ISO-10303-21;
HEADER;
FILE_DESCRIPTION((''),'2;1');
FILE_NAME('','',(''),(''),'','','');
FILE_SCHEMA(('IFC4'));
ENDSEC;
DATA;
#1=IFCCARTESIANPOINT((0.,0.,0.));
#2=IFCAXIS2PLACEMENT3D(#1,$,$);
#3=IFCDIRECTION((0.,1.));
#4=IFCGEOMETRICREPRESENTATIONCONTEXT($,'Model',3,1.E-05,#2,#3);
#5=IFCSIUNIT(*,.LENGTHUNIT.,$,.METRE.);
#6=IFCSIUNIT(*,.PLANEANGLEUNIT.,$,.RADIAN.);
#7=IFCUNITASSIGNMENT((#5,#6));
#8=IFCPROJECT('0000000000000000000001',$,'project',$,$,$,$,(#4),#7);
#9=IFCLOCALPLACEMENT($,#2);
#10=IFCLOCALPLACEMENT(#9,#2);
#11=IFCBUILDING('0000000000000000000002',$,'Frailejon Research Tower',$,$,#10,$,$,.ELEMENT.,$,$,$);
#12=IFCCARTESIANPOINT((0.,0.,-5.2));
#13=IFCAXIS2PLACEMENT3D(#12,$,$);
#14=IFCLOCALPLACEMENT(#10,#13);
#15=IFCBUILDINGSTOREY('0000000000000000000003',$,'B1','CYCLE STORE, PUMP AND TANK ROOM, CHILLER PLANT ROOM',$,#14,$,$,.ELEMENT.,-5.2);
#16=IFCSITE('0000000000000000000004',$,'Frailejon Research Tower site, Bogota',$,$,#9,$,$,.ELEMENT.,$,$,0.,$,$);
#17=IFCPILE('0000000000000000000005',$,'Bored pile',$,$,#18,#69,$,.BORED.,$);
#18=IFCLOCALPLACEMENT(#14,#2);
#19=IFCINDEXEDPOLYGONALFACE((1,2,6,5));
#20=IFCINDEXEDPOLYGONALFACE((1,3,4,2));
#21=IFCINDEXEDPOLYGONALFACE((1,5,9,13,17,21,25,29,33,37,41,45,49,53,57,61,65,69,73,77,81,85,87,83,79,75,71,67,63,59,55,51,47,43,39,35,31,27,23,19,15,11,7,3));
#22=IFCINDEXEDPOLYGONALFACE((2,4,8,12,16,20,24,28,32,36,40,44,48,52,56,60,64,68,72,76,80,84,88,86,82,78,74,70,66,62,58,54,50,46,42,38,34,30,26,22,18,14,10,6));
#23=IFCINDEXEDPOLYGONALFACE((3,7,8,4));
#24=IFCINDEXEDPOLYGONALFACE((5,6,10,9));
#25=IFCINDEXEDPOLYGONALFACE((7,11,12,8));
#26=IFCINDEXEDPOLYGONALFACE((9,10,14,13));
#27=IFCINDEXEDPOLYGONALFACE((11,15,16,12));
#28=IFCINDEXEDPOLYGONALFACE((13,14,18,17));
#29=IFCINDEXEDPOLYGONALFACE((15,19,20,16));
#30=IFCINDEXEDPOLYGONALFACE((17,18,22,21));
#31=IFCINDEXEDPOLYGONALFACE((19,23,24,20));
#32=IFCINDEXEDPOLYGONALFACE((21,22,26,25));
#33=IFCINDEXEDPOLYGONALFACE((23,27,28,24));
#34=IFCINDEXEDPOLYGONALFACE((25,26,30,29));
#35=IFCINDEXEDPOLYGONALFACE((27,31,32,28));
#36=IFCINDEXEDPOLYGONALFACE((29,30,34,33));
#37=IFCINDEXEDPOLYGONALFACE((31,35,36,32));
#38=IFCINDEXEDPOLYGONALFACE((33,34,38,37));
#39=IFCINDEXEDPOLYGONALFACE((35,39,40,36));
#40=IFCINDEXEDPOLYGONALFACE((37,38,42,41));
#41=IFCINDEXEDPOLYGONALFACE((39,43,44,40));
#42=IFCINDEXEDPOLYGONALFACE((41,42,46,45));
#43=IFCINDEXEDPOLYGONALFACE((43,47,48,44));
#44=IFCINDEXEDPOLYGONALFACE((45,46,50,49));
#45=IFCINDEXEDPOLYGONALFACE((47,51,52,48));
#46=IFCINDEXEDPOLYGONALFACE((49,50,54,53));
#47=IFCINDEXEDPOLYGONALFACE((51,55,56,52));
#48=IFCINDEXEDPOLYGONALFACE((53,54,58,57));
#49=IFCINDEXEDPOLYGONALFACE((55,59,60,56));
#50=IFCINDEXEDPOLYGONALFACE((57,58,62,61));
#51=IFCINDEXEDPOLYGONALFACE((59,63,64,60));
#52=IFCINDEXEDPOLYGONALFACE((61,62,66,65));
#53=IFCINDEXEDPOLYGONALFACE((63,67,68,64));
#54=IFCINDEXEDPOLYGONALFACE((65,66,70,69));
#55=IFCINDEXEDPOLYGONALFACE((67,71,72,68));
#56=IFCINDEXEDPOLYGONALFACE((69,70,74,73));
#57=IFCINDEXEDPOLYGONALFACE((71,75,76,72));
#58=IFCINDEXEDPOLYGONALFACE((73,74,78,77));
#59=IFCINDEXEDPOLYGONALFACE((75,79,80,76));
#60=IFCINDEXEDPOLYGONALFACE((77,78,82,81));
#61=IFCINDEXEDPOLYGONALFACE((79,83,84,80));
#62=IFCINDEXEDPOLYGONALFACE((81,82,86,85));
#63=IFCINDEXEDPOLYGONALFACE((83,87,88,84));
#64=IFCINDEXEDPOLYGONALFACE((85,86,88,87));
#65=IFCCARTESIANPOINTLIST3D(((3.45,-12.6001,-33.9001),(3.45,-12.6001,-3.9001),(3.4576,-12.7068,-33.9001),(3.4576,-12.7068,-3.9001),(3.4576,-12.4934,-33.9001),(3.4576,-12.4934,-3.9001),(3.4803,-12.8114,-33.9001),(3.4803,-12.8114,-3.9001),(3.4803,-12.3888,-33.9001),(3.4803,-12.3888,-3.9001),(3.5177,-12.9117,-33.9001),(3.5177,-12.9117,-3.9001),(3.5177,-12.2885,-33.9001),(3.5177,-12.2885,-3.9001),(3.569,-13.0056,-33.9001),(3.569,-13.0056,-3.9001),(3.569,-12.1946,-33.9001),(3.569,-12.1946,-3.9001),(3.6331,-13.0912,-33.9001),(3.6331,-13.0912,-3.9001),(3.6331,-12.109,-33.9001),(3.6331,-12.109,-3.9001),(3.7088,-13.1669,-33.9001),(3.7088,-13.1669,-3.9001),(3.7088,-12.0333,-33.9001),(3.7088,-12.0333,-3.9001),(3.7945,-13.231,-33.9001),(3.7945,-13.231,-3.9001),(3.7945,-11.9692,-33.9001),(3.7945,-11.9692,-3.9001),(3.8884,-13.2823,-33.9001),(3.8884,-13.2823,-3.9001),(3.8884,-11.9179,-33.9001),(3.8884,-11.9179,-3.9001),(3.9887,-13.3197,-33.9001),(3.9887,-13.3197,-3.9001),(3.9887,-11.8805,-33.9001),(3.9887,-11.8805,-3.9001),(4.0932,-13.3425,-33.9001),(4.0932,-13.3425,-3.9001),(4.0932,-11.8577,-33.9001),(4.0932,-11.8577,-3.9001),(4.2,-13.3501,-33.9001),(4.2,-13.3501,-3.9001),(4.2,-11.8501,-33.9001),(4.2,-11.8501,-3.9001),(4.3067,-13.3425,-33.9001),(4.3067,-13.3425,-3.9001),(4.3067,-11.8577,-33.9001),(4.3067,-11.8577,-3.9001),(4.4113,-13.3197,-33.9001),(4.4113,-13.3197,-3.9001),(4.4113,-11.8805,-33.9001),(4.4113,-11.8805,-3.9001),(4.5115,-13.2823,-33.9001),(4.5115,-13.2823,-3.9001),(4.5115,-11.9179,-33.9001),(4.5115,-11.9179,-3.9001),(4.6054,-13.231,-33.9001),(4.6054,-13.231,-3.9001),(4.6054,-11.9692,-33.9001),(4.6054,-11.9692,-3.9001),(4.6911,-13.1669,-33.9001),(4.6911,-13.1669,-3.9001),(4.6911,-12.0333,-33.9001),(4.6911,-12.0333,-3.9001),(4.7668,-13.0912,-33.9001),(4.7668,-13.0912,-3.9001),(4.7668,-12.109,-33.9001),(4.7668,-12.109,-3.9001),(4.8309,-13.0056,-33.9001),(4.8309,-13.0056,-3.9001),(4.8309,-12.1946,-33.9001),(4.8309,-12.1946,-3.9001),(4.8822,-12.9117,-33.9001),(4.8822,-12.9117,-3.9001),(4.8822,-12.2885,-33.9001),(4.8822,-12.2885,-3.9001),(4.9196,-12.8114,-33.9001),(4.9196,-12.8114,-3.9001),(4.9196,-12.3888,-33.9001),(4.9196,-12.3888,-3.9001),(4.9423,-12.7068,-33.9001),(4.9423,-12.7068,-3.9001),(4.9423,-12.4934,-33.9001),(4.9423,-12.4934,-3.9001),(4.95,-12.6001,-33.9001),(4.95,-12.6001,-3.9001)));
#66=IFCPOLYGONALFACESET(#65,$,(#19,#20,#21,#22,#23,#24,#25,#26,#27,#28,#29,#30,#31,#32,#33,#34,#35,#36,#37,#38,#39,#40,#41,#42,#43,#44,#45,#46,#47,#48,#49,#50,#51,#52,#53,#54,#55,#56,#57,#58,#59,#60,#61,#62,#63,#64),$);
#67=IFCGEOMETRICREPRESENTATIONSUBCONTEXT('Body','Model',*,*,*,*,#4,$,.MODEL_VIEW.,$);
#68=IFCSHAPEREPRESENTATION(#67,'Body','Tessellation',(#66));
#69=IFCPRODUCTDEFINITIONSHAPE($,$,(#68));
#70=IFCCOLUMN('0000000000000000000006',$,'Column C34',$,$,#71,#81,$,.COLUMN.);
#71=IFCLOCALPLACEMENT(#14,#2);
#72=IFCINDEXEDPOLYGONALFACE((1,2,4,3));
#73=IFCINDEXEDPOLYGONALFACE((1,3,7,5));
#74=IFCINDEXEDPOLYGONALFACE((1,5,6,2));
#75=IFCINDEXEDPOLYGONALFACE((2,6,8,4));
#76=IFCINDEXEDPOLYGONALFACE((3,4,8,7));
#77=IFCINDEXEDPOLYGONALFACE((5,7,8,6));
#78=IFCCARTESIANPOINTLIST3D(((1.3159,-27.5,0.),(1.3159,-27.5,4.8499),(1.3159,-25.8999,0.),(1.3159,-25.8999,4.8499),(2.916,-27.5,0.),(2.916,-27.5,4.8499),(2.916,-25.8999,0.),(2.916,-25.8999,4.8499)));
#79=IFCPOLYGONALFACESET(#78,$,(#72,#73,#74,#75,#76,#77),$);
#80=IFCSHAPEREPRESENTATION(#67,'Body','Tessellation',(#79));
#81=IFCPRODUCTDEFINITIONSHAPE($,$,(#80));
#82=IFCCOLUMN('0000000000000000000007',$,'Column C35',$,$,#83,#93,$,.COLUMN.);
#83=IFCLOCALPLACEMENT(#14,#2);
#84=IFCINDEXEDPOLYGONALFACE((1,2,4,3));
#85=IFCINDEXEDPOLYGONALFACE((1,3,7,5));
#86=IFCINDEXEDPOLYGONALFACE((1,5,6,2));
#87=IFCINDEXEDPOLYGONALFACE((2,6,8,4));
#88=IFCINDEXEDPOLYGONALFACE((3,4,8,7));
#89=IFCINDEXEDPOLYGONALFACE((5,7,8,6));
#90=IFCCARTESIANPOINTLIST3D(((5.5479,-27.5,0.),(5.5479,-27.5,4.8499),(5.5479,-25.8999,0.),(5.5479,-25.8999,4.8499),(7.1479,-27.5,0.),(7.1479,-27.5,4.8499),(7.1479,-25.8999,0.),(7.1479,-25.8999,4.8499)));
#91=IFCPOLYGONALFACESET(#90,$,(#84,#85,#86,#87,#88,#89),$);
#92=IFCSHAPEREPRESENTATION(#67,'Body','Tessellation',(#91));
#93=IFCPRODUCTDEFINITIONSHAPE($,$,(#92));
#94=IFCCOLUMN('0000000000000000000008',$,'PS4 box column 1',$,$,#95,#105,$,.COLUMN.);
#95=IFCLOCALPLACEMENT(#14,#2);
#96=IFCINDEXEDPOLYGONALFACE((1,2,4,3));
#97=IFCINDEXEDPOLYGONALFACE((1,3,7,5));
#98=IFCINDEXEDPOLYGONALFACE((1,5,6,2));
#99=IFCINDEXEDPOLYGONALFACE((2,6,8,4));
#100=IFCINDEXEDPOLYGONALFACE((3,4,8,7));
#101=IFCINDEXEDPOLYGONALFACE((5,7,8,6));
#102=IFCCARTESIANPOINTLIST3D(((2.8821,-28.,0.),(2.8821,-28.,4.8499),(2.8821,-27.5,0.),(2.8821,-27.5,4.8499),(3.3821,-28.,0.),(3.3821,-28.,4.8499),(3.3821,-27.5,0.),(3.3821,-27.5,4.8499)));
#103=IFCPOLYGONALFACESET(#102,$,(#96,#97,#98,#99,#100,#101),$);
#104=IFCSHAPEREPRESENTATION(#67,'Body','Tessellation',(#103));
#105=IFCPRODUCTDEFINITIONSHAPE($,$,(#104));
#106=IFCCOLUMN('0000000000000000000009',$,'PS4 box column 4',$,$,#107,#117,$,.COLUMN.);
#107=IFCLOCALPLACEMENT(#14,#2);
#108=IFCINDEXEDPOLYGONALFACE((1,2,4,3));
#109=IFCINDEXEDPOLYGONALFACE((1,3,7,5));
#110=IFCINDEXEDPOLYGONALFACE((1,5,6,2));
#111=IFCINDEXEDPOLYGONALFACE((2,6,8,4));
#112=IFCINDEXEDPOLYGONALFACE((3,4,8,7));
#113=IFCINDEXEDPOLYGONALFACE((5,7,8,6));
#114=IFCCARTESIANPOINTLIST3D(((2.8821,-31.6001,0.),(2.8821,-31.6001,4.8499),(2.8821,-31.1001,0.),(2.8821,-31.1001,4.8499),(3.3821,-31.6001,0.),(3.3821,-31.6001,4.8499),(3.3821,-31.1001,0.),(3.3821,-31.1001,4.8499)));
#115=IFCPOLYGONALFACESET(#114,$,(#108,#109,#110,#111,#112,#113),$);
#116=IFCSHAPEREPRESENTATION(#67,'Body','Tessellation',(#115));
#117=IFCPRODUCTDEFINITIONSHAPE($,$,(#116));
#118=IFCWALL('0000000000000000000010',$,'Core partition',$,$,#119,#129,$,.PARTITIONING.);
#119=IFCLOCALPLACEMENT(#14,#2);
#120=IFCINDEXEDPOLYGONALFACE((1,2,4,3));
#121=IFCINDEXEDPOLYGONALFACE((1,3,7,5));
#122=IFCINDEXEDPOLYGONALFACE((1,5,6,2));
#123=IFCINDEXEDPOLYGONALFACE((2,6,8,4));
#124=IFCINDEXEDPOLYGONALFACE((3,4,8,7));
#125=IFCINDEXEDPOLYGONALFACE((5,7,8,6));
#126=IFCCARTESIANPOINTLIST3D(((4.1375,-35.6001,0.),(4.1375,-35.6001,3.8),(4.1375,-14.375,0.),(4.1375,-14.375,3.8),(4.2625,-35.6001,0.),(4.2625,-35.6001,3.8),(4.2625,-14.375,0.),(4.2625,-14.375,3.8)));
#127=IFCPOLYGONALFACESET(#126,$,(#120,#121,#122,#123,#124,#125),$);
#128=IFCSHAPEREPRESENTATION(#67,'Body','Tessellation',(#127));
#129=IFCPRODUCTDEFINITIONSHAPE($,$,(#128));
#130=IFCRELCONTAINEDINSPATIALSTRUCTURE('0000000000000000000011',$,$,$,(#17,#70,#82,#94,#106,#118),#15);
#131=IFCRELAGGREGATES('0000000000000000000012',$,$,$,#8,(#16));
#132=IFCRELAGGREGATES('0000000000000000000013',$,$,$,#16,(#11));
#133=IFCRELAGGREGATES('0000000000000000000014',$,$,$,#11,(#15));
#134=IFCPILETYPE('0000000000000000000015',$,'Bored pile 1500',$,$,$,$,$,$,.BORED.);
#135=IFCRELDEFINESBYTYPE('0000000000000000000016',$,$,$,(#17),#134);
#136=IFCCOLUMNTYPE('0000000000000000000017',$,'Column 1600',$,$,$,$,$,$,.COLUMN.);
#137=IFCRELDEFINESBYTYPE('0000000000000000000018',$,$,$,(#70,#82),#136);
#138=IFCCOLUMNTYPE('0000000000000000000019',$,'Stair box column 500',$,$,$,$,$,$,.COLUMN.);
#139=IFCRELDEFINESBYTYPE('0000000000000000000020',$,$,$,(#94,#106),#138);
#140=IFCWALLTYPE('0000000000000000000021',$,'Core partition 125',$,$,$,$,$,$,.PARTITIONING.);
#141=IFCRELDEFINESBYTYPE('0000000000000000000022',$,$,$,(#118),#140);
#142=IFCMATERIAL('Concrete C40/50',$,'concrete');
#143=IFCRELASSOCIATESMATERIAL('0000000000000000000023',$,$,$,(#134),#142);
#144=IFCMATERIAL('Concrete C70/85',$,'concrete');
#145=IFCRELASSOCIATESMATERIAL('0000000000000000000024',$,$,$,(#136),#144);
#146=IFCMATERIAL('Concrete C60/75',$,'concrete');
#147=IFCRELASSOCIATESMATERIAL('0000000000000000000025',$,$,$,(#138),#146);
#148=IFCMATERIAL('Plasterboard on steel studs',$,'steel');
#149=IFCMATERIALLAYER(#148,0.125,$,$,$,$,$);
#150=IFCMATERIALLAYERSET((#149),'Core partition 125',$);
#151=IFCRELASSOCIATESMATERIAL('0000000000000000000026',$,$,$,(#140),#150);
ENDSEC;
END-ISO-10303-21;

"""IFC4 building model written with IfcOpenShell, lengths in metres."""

from ifc_helpers import new_model, si_unit, direction, frame, frame_2d, origin, origin_2d, place, context, subcontext, project, spatial, rectangle, circle, extrude, material, layer, layer_set, material_profile, profile_set, type_object, element, save


model = new_model("IFC4")

# Units and contexts
model_context = context("Model", 3, precision=1e-05, world=origin(), true_north=direction((0.0, 1.0)))
body_context = subcontext(model_context, "Body", "Model", "MODEL_VIEW")
ifc_project = project(units=[si_unit("LENGTHUNIT", "METRE"), si_unit("PLANEANGLEUNIT", "RADIAN")], contexts=[model_context])

# Site, building, storey
site_placement = place(None, origin())
site = spatial("IfcSite", under=ifc_project, at=site_placement, Name="Frailejon Research Tower site, Bogota", CompositionType="ELEMENT", RefElevation=0.0)
building_placement = place(site_placement, origin())
building = spatial("IfcBuilding", under=site, at=building_placement, Name="Frailejon Research Tower", CompositionType="ELEMENT")
storey_placement = place(building_placement, frame((0.0, 0.0, -5.2)))
storey = spatial("IfcBuildingStorey", under=building, at=storey_placement, Name="B1", Description="CYCLE STORE, PUMP AND TANK ROOM, CHILLER PLANT ROOM", CompositionType="ELEMENT", Elevation=-5.2)

# Pile
ifc_material_1 = material(Name="Concrete C40/50", Category="concrete")
ifc_material_profile_1 = material_profile(ifc_material_1, circle(Radius=0.75, at=origin_2d()), Name="Bored pile 1500")
ifc_profile_set_1 = profile_set([ifc_material_profile_1], Name="Concrete C40/50")
pile_type = type_object("IfcPileType", Name="Bored pile 1500", PredefinedType="BORED", material=ifc_profile_set_1)
for number, where, z_axis, x_axis, name in (
    (1, (4.2, -12.6001, -3.9001), (0.0, 0.0, -1.0), (1.0, 0.0, 0.0), "Bored pile"),
):
    element("IfcPile", number, at=place(storey_placement, frame(where, z_axis=z_axis, x_axis=x_axis)), inside=storey, type_object=pile_type, Name=name, PredefinedType="BORED", context=body_context, shape_type="SweptSolid", body=[
        extrude(circle(Radius=0.75, at=origin_2d()), origin(), (0.0, 0.0, 1.0), 30.0),
    ])

# Columns
ifc_material_2 = material(Name="Concrete C70/85", Category="concrete")
ifc_material_profile_2 = material_profile(ifc_material_2, rectangle(XDim=1.6001, YDim=1.6001, at=origin_2d()), Name="Column 1600")
ifc_profile_set_2 = profile_set([ifc_material_profile_2], Name="Concrete C70/85")
column_type_1 = type_object("IfcColumnType", Name="Column 1600", PredefinedType="COLUMN", material=ifc_profile_set_2)
for number, where, z_axis, x_axis, name in (
    (2, (2.116, -26.7, 0.0), (0.0, 0.0, 1.0), (1.0, 0.0, 0.0), "Column C34"),
    (3, (6.3479, -26.7, 0.0), (0.0, 0.0, 1.0), (1.0, 0.0, 0.0), "Column C35"),
):
    element("IfcColumn", number, at=place(storey_placement, frame(where, z_axis=z_axis, x_axis=x_axis)), inside=storey, type_object=column_type_1, Name=name, PredefinedType="COLUMN", context=body_context, shape_type="SweptSolid", body=[
        extrude(rectangle(XDim=1.6001, YDim=1.6001, at=origin_2d()), origin(), (0.0, 0.0, 1.0), 4.8499),
    ])
ifc_material_3 = material(Name="Concrete C60/75", Category="concrete")
ifc_material_profile_3 = material_profile(ifc_material_3, rectangle(XDim=0.5, YDim=0.5, at=origin_2d()), Name="Stair box column 500")
ifc_profile_set_3 = profile_set([ifc_material_profile_3], Name="Concrete C60/75")
column_type_2 = type_object("IfcColumnType", Name="Stair box column 500", PredefinedType="COLUMN", material=ifc_profile_set_3)
for number, where, z_axis, x_axis, name in (
    (4, (3.1321, -27.75, 0.0), (0.0, 0.0, 1.0), (1.0, 0.0, 0.0), "PS4 box column 1"),
    (5, (3.1321, -31.3501, 0.0), (0.0, 0.0, 1.0), (1.0, 0.0, 0.0), "PS4 box column 4"),
):
    element("IfcColumn", number, at=place(storey_placement, frame(where, z_axis=z_axis, x_axis=x_axis)), inside=storey, type_object=column_type_2, Name=name, PredefinedType="COLUMN", context=body_context, shape_type="SweptSolid", body=[
        extrude(rectangle(XDim=0.5, YDim=0.5, at=origin_2d()), origin(), (0.0, 0.0, 1.0), 4.8499),
    ])

# Wall
ifc_material_4 = material(Name="Plasterboard on steel studs", Category="steel")
ifc_layer = layer(ifc_material_4, 0.125)
ifc_layer_set = layer_set([ifc_layer], Name="Core partition 125")
wall_type = type_object("IfcWallType", Name="Core partition 125", PredefinedType="PARTITIONING", material=ifc_layer_set)
wall_placement = place(storey_placement, frame((4.2, -35.6001, 0.0), z_axis=(0.0, 0.0, 1.0), x_axis=(0.0, 1.0, 0.0)))
element("IfcWall", 6, at=wall_placement, inside=storey, type_object=wall_type, Name="Core partition", PredefinedType="PARTITIONING", context=body_context, shape_type="SweptSolid", body=[
    extrude(rectangle(XDim=21.2251, YDim=0.125, at=frame_2d((10.6125, 0.0))), origin(), (0.0, 0.0, 1.0), 3.8),
])

save(model, "model.ifc")
